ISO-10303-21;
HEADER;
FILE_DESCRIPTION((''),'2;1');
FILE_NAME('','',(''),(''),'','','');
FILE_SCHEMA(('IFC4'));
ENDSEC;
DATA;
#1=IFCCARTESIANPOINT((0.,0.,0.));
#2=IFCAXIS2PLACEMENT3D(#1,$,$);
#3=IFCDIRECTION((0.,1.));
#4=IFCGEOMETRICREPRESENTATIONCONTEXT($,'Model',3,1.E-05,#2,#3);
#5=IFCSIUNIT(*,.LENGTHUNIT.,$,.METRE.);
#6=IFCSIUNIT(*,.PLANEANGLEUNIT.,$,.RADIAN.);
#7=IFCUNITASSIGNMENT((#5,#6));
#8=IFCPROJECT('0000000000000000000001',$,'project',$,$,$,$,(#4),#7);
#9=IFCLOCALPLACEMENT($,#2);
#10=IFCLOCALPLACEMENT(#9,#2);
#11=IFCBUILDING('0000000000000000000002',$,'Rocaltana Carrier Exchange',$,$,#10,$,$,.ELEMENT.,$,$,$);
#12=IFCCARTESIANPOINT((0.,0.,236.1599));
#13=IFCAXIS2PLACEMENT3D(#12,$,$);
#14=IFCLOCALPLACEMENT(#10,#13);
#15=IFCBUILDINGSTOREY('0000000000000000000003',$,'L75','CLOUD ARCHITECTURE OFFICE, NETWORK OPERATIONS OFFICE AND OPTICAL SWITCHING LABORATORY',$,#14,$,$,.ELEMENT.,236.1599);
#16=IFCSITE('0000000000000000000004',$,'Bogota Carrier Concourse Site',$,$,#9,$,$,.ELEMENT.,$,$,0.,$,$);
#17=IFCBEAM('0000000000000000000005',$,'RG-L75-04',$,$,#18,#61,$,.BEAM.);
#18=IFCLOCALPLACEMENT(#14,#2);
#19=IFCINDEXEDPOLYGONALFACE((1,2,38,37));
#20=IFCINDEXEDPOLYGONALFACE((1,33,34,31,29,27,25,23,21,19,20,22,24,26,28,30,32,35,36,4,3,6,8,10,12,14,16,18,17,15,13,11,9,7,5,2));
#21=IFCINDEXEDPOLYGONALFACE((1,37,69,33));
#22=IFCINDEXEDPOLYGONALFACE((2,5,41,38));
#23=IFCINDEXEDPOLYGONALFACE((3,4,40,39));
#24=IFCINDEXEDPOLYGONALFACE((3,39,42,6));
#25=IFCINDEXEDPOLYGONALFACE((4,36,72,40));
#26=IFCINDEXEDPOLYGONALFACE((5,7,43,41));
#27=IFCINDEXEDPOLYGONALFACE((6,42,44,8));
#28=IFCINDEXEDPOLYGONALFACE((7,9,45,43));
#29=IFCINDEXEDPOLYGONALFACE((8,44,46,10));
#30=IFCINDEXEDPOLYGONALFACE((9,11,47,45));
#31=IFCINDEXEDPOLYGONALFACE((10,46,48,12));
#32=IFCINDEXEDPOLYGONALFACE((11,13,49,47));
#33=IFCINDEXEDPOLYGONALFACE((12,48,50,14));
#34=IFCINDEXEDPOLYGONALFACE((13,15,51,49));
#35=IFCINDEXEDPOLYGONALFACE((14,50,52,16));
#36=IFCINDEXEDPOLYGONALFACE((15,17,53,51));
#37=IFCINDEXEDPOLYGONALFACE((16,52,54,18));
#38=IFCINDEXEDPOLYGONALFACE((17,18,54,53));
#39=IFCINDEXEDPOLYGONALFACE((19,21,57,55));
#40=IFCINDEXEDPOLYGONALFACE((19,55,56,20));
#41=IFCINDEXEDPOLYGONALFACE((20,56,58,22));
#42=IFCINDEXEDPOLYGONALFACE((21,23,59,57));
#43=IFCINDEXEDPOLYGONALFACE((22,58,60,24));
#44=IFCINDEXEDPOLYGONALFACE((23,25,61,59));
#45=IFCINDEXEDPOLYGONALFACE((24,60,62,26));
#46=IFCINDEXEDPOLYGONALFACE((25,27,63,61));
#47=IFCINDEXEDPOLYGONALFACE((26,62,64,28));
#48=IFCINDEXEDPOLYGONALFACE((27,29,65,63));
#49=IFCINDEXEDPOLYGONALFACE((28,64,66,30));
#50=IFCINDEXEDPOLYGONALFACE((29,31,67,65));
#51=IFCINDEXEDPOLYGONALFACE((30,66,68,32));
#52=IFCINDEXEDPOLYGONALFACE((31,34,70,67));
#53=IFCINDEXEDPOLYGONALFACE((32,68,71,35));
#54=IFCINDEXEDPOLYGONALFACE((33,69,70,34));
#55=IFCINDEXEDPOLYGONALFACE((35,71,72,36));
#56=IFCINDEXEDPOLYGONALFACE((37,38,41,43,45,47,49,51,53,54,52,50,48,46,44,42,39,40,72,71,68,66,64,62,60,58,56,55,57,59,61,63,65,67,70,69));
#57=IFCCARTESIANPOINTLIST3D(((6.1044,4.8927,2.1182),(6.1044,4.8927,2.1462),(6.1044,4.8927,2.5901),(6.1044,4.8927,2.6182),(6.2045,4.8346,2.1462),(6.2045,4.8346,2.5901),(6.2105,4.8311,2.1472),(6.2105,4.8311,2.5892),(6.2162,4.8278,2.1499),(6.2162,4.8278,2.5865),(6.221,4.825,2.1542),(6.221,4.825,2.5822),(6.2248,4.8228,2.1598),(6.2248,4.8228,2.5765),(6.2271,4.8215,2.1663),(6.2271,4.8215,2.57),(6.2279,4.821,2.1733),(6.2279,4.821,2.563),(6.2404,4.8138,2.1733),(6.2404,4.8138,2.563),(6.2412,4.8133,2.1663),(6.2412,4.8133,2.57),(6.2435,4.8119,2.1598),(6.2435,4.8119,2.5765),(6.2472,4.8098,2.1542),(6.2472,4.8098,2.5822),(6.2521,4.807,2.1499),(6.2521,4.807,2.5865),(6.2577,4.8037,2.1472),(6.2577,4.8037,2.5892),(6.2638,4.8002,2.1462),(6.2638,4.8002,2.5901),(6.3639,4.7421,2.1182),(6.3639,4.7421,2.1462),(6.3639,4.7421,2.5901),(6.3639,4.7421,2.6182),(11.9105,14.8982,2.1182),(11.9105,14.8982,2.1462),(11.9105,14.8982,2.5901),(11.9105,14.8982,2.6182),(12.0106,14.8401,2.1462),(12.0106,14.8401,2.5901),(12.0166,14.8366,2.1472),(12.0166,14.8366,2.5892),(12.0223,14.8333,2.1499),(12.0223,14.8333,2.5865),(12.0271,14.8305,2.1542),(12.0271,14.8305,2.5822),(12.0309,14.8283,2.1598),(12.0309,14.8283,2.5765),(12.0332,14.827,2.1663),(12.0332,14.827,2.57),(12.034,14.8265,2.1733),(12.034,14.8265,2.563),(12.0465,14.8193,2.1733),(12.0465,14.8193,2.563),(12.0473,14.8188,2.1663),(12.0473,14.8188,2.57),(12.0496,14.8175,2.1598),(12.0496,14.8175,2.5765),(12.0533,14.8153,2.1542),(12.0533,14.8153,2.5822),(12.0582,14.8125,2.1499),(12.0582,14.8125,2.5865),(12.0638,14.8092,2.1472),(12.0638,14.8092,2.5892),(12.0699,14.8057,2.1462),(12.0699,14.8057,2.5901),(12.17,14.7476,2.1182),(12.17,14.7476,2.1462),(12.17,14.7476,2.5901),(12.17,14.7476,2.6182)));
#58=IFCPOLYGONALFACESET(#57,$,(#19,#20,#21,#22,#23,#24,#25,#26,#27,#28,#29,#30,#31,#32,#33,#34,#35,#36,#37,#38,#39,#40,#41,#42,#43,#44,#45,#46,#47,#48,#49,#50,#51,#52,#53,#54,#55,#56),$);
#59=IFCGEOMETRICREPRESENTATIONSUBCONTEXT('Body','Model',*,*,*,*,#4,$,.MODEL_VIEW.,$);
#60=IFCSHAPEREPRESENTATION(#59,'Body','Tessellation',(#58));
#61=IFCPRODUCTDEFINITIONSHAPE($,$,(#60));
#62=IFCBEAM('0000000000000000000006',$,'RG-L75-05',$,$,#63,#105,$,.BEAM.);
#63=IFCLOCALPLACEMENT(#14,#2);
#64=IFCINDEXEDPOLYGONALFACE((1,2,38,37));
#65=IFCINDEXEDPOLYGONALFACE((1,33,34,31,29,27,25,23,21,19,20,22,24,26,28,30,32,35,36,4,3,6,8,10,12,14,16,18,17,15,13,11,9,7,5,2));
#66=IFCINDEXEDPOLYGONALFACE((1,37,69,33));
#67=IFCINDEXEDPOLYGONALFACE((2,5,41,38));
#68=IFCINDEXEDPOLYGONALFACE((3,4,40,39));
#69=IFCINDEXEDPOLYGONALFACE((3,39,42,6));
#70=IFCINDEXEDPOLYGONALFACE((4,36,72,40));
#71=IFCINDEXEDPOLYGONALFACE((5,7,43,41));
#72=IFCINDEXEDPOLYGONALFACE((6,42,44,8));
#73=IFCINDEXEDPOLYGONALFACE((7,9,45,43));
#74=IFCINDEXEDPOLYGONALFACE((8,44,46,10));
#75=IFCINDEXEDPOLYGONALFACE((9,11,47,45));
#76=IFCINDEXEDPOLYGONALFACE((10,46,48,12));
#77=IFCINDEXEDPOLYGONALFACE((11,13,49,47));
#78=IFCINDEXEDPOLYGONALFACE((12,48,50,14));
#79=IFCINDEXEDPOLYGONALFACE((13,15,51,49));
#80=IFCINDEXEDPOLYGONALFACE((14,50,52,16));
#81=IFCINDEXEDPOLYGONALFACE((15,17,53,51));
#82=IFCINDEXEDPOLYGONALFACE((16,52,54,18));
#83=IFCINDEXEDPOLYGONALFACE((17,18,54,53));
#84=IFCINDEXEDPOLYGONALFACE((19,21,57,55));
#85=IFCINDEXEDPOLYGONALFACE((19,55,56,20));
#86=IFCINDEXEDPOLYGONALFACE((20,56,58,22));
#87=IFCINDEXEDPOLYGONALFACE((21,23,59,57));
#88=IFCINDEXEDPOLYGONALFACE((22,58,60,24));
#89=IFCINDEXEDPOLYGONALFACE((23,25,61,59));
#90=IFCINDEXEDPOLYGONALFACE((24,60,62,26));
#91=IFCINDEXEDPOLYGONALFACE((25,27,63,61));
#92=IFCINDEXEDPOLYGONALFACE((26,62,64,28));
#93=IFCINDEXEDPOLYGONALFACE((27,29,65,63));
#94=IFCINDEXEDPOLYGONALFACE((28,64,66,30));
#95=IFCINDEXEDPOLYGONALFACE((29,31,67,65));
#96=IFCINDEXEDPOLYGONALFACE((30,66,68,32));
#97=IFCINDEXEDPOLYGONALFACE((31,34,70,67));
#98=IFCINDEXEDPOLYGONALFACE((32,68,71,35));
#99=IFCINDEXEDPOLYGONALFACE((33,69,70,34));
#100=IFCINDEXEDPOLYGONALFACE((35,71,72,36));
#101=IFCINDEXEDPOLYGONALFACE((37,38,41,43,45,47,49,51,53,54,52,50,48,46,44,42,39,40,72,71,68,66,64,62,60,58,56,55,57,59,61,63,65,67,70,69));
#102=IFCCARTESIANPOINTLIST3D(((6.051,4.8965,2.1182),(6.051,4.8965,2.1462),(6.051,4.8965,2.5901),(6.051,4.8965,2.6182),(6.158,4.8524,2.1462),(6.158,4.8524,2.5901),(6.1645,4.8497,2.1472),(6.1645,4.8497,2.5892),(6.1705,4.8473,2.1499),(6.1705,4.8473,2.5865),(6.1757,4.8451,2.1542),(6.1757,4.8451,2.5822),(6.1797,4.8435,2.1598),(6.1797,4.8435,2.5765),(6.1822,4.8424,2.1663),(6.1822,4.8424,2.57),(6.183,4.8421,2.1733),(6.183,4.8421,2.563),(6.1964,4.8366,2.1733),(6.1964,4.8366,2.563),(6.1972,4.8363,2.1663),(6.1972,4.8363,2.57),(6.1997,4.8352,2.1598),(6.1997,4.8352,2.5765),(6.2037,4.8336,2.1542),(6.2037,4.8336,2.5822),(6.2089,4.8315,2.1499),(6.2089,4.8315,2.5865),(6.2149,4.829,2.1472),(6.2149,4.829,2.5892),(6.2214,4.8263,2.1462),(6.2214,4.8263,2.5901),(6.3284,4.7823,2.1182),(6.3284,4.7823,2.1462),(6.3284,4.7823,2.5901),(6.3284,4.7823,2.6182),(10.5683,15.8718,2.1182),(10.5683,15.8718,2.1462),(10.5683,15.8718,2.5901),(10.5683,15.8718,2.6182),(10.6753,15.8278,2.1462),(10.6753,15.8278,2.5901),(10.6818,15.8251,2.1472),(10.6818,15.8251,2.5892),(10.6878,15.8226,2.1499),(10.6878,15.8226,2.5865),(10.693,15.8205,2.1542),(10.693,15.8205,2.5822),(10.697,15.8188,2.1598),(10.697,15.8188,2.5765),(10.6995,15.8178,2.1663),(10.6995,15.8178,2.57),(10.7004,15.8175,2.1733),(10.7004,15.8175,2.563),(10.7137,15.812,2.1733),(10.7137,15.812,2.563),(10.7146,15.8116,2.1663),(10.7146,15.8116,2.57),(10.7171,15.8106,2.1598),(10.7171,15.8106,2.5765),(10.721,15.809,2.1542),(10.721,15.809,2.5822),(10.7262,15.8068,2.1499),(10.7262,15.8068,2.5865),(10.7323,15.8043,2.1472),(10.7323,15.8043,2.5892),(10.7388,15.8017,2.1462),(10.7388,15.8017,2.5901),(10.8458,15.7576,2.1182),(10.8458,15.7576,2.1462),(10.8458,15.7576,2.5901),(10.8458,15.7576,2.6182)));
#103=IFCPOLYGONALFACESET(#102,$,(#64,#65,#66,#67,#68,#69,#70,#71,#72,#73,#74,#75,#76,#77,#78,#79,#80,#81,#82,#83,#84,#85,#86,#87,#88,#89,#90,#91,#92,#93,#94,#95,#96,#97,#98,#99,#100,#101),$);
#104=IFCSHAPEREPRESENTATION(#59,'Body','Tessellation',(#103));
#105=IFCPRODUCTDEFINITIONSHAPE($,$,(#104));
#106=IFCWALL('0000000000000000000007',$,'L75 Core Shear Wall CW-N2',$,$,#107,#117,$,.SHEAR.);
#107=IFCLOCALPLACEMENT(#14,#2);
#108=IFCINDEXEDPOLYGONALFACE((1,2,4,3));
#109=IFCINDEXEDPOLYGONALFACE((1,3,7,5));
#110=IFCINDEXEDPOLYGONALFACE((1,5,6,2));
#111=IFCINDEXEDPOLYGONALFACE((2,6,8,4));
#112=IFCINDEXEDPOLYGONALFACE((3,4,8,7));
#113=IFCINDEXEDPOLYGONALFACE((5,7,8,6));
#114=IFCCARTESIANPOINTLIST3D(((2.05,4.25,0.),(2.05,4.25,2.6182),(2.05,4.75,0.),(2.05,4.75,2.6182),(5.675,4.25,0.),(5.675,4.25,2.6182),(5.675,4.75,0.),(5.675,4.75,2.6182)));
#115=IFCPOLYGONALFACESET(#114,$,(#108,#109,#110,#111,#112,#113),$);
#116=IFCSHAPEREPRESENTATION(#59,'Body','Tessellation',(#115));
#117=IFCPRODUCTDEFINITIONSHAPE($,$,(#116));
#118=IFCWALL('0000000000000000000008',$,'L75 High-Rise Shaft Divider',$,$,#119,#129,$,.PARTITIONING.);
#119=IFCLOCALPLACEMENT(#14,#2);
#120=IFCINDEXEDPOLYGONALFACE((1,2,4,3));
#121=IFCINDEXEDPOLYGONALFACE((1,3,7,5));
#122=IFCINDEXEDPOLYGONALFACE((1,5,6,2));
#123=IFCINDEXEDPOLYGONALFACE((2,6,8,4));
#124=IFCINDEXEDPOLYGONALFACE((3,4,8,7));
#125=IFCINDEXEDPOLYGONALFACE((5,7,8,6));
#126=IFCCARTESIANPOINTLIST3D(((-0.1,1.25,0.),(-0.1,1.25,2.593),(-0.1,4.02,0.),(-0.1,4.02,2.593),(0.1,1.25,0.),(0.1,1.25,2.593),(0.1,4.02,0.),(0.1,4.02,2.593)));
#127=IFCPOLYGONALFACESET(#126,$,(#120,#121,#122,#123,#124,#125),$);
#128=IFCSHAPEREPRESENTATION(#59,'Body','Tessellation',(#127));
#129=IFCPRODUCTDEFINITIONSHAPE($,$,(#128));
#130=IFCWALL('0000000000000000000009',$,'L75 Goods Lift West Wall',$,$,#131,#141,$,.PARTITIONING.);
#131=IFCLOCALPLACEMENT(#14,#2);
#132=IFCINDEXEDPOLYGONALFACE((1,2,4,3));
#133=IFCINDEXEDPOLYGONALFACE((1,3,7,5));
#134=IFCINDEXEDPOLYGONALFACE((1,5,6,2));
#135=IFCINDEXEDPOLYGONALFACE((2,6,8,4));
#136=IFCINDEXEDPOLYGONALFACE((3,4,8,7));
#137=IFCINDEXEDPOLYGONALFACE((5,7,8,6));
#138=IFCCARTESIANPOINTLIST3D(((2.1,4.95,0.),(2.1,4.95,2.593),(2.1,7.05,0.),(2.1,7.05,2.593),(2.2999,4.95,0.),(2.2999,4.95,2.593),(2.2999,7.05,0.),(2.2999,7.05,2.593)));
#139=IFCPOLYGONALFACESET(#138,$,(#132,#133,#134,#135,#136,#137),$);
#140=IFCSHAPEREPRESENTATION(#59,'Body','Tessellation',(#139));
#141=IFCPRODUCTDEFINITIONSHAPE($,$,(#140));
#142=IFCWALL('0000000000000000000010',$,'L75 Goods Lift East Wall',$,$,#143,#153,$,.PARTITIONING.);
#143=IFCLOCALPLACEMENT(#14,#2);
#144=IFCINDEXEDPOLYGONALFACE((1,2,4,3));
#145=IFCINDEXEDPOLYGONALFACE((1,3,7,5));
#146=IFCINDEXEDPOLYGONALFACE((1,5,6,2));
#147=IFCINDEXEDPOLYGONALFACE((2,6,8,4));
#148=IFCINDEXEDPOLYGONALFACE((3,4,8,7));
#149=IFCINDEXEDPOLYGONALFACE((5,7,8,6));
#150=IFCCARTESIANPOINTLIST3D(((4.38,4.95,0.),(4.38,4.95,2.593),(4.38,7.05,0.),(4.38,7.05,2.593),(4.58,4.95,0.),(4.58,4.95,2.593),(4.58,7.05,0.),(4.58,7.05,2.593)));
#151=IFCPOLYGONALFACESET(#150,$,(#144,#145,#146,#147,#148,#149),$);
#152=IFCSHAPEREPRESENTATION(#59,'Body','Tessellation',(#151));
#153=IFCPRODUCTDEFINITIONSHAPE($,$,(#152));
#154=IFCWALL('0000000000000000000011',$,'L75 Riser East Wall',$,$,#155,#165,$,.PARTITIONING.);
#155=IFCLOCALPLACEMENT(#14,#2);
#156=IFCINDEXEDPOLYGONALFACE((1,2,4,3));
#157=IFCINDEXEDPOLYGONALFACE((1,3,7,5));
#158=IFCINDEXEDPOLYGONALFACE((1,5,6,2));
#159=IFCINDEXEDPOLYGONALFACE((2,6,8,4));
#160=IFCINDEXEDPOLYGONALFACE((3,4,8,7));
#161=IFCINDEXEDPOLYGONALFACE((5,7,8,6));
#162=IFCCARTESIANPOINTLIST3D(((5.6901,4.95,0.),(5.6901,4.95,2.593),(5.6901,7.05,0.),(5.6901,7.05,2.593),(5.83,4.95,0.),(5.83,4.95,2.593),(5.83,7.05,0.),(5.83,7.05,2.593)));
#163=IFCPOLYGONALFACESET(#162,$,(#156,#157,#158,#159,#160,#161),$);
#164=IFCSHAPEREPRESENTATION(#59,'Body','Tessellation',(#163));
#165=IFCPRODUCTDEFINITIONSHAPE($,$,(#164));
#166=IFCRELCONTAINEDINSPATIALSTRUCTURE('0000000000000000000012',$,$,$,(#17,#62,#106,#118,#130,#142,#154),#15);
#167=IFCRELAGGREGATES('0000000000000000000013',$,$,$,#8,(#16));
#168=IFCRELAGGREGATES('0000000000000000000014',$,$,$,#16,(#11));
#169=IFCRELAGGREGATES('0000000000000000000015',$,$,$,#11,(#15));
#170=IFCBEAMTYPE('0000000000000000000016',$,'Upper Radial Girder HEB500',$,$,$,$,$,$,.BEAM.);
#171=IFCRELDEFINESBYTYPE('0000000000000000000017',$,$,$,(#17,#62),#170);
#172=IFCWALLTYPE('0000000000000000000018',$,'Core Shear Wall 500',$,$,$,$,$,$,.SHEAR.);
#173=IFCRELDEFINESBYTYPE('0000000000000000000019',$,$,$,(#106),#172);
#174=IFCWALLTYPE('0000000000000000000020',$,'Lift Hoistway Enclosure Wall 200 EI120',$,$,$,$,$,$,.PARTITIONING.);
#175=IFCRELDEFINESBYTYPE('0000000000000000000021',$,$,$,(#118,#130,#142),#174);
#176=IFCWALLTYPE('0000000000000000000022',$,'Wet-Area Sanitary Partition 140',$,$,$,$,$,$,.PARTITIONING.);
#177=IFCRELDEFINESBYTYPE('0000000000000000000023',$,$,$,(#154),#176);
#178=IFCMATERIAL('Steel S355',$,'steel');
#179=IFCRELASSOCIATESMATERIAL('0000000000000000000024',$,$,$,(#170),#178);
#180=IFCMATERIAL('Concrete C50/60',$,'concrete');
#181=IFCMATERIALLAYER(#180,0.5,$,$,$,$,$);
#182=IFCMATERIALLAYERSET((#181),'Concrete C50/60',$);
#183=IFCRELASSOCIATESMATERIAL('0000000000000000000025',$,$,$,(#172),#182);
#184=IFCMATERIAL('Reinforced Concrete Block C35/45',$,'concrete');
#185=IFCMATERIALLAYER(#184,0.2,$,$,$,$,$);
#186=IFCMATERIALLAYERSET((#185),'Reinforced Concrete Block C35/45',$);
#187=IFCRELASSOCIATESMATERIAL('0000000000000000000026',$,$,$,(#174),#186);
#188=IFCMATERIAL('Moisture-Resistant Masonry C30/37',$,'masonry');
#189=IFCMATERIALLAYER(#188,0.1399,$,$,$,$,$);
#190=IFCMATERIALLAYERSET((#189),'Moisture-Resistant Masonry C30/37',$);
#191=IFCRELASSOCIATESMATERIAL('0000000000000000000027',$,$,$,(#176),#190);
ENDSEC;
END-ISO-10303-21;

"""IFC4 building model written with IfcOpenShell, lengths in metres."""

from ifc_helpers import new_model, si_unit, direction, frame, frame_2d, origin, origin_2d, place, context, subcontext, project, spatial, rectangle, i_section, extrude, material, layer, layer_set, material_profile, profile_set, type_object, element, save


model = new_model("IFC4")

# Units and contexts
model_context = context("Model", 3, precision=1e-05, world=origin(), true_north=direction((0.0, 1.0)))
body_context = subcontext(model_context, "Body", "Model", "MODEL_VIEW")
ifc_project = project(units=[si_unit("LENGTHUNIT", "METRE"), si_unit("PLANEANGLEUNIT", "RADIAN")], contexts=[model_context])

# Site, building, storey
site_placement = place(None, origin())
site = spatial("IfcSite", under=ifc_project, at=site_placement, Name="Bogota Carrier Concourse Site", CompositionType="ELEMENT", RefElevation=0.0)
building_placement = place(site_placement, origin())
building = spatial("IfcBuilding", under=site, at=building_placement, Name="Rocaltana Carrier Exchange", CompositionType="ELEMENT")
storey_placement = place(building_placement, frame((0.0, 0.0, 236.1599)))
storey = spatial("IfcBuildingStorey", under=building, at=storey_placement, Name="L75", Description="CLOUD ARCHITECTURE OFFICE, NETWORK OPERATIONS OFFICE AND OPTICAL SWITCHING LABORATORY", CompositionType="ELEMENT", Elevation=236.1599)

# Beams
ifc_material_1 = material(Name="Steel S355", Category="steel")
ifc_material_profile_1 = material_profile(ifc_material_1, i_section(OverallWidth=0.3, OverallDepth=0.5, WebThickness=0.0144, FlangeThickness=0.0281, FilletRadius=0.0271, at=origin_2d()), Name="HEB500")
ifc_profile_set_1 = profile_set([ifc_material_profile_1], Name="Steel S355")
beam_type_1 = type_object("IfcBeamType", Name="Upper Radial Girder HEB500", PredefinedType="BEAM", material=ifc_profile_set_1)
beam_1_placement = place(storey_placement, frame((6.2341, 4.8174, 2.3682), z_axis=(0.501905, 0.864923, 0.0), x_axis=(-0.864923, 0.501905, 0.0)))
element("IfcBeam", 1, at=beam_1_placement, inside=storey, type_object=beam_type_1, Name="RG-L75-04", PredefinedType="BEAM", context=body_context, shape_type="SweptSolid", body=[
    extrude(i_section(OverallWidth=0.3, OverallDepth=0.5, WebThickness=0.0144, FlangeThickness=0.0281, FilletRadius=0.0271, at=origin_2d()), origin(), (0.0, 0.0, 1.0), 11.5681),
])
beam_2_placement = place(storey_placement, frame((6.1897, 4.8394, 2.3682), z_axis=(0.380611, 0.924735, 0.0), x_axis=(-0.924735, 0.380611, 0.0)))
element("IfcBeam", 2, at=beam_2_placement, inside=storey, type_object=beam_type_1, Name="RG-L75-05", PredefinedType="BEAM", context=body_context, shape_type="SweptSolid", body=[
    extrude(i_section(OverallWidth=0.3, OverallDepth=0.5, WebThickness=0.0144, FlangeThickness=0.0281, FilletRadius=0.0271, at=origin_2d()), origin(), (0.0, 0.0, 1.0), 11.8687),
])

# Walls
ifc_material_2 = material(Name="Concrete C50/60", Category="concrete")
ifc_layer_1 = layer(ifc_material_2, 0.5)
ifc_layer_set_1 = layer_set([ifc_layer_1], Name="Concrete C50/60")
wall_type_1 = type_object("IfcWallType", Name="Core Shear Wall 500", PredefinedType="SHEAR", material=ifc_layer_set_1)
wall_1_placement = place(storey_placement, frame((2.05, 4.5, 0.0), z_axis=(0.0, 0.0, 1.0), x_axis=(1.0, 0.0, 0.0)))
element("IfcWall", 3, at=wall_1_placement, inside=storey, type_object=wall_type_1, Name="L75 Core Shear Wall CW-N2", PredefinedType="SHEAR", context=body_context, shape_type="SweptSolid", body=[
    extrude(rectangle(XDim=3.625, YDim=0.5, at=frame_2d((1.8125, 0.0))), origin(), (0.0, 0.0, 1.0), 2.6182),
])
ifc_material_3 = material(Name="Reinforced Concrete Block C35/45", Category="concrete")
ifc_layer_2 = layer(ifc_material_3, 0.2)
ifc_layer_set_2 = layer_set([ifc_layer_2], Name="Reinforced Concrete Block C35/45")
wall_type_2 = type_object("IfcWallType", Name="Lift Hoistway Enclosure Wall 200 EI120", PredefinedType="PARTITIONING", material=ifc_layer_set_2)
wall_2_placement = place(storey_placement, frame((0.0, 1.25, 0.0), z_axis=(0.0, 0.0, 1.0), x_axis=(0.0, 1.0, 0.0)))
element("IfcWall", 4, at=wall_2_placement, inside=storey, type_object=wall_type_2, Name="L75 High-Rise Shaft Divider", PredefinedType="PARTITIONING", context=body_context, shape_type="SweptSolid", body=[
    extrude(rectangle(XDim=2.77, YDim=0.2, at=frame_2d((1.385, 0.0))), origin(), (0.0, 0.0, 1.0), 2.593),
])
for number, where, z_axis, x_axis, name in (
    (5, (2.2, 4.95, 0.0), (0.0, 0.0, 1.0), (0.0, 1.0, 0.0), "L75 Goods Lift West Wall"),
    (6, (4.48, 4.95, 0.0), (0.0, 0.0, 1.0), (0.0, 1.0, 0.0), "L75 Goods Lift East Wall"),
):
    element("IfcWall", number, at=place(storey_placement, frame(where, z_axis=z_axis, x_axis=x_axis)), inside=storey, type_object=wall_type_2, Name=name, PredefinedType="PARTITIONING", context=body_context, shape_type="SweptSolid", body=[
        extrude(rectangle(XDim=2.1001, YDim=0.2, at=frame_2d((1.05, 0.0))), origin(), (0.0, 0.0, 1.0), 2.593),
    ])
ifc_material_4 = material(Name="Moisture-Resistant Masonry C30/37", Category="masonry")
ifc_layer_3 = layer(ifc_material_4, 0.1399)
ifc_layer_set_3 = layer_set([ifc_layer_3], Name="Moisture-Resistant Masonry C30/37")
wall_type_3 = type_object("IfcWallType", Name="Wet-Area Sanitary Partition 140", PredefinedType="PARTITIONING", material=ifc_layer_set_3)
wall_3_placement = place(storey_placement, frame((5.76, 4.95, 0.0), z_axis=(0.0, 0.0, 1.0), x_axis=(0.0, 1.0, 0.0)))
element("IfcWall", 7, at=wall_3_placement, inside=storey, type_object=wall_type_3, Name="L75 Riser East Wall", PredefinedType="PARTITIONING", context=body_context, shape_type="SweptSolid", body=[
    extrude(rectangle(XDim=2.1001, YDim=0.1399, at=frame_2d((1.05, 0.0))), origin(), (0.0, 0.0, 1.0), 2.593),
])

save(model, "model.ifc")
